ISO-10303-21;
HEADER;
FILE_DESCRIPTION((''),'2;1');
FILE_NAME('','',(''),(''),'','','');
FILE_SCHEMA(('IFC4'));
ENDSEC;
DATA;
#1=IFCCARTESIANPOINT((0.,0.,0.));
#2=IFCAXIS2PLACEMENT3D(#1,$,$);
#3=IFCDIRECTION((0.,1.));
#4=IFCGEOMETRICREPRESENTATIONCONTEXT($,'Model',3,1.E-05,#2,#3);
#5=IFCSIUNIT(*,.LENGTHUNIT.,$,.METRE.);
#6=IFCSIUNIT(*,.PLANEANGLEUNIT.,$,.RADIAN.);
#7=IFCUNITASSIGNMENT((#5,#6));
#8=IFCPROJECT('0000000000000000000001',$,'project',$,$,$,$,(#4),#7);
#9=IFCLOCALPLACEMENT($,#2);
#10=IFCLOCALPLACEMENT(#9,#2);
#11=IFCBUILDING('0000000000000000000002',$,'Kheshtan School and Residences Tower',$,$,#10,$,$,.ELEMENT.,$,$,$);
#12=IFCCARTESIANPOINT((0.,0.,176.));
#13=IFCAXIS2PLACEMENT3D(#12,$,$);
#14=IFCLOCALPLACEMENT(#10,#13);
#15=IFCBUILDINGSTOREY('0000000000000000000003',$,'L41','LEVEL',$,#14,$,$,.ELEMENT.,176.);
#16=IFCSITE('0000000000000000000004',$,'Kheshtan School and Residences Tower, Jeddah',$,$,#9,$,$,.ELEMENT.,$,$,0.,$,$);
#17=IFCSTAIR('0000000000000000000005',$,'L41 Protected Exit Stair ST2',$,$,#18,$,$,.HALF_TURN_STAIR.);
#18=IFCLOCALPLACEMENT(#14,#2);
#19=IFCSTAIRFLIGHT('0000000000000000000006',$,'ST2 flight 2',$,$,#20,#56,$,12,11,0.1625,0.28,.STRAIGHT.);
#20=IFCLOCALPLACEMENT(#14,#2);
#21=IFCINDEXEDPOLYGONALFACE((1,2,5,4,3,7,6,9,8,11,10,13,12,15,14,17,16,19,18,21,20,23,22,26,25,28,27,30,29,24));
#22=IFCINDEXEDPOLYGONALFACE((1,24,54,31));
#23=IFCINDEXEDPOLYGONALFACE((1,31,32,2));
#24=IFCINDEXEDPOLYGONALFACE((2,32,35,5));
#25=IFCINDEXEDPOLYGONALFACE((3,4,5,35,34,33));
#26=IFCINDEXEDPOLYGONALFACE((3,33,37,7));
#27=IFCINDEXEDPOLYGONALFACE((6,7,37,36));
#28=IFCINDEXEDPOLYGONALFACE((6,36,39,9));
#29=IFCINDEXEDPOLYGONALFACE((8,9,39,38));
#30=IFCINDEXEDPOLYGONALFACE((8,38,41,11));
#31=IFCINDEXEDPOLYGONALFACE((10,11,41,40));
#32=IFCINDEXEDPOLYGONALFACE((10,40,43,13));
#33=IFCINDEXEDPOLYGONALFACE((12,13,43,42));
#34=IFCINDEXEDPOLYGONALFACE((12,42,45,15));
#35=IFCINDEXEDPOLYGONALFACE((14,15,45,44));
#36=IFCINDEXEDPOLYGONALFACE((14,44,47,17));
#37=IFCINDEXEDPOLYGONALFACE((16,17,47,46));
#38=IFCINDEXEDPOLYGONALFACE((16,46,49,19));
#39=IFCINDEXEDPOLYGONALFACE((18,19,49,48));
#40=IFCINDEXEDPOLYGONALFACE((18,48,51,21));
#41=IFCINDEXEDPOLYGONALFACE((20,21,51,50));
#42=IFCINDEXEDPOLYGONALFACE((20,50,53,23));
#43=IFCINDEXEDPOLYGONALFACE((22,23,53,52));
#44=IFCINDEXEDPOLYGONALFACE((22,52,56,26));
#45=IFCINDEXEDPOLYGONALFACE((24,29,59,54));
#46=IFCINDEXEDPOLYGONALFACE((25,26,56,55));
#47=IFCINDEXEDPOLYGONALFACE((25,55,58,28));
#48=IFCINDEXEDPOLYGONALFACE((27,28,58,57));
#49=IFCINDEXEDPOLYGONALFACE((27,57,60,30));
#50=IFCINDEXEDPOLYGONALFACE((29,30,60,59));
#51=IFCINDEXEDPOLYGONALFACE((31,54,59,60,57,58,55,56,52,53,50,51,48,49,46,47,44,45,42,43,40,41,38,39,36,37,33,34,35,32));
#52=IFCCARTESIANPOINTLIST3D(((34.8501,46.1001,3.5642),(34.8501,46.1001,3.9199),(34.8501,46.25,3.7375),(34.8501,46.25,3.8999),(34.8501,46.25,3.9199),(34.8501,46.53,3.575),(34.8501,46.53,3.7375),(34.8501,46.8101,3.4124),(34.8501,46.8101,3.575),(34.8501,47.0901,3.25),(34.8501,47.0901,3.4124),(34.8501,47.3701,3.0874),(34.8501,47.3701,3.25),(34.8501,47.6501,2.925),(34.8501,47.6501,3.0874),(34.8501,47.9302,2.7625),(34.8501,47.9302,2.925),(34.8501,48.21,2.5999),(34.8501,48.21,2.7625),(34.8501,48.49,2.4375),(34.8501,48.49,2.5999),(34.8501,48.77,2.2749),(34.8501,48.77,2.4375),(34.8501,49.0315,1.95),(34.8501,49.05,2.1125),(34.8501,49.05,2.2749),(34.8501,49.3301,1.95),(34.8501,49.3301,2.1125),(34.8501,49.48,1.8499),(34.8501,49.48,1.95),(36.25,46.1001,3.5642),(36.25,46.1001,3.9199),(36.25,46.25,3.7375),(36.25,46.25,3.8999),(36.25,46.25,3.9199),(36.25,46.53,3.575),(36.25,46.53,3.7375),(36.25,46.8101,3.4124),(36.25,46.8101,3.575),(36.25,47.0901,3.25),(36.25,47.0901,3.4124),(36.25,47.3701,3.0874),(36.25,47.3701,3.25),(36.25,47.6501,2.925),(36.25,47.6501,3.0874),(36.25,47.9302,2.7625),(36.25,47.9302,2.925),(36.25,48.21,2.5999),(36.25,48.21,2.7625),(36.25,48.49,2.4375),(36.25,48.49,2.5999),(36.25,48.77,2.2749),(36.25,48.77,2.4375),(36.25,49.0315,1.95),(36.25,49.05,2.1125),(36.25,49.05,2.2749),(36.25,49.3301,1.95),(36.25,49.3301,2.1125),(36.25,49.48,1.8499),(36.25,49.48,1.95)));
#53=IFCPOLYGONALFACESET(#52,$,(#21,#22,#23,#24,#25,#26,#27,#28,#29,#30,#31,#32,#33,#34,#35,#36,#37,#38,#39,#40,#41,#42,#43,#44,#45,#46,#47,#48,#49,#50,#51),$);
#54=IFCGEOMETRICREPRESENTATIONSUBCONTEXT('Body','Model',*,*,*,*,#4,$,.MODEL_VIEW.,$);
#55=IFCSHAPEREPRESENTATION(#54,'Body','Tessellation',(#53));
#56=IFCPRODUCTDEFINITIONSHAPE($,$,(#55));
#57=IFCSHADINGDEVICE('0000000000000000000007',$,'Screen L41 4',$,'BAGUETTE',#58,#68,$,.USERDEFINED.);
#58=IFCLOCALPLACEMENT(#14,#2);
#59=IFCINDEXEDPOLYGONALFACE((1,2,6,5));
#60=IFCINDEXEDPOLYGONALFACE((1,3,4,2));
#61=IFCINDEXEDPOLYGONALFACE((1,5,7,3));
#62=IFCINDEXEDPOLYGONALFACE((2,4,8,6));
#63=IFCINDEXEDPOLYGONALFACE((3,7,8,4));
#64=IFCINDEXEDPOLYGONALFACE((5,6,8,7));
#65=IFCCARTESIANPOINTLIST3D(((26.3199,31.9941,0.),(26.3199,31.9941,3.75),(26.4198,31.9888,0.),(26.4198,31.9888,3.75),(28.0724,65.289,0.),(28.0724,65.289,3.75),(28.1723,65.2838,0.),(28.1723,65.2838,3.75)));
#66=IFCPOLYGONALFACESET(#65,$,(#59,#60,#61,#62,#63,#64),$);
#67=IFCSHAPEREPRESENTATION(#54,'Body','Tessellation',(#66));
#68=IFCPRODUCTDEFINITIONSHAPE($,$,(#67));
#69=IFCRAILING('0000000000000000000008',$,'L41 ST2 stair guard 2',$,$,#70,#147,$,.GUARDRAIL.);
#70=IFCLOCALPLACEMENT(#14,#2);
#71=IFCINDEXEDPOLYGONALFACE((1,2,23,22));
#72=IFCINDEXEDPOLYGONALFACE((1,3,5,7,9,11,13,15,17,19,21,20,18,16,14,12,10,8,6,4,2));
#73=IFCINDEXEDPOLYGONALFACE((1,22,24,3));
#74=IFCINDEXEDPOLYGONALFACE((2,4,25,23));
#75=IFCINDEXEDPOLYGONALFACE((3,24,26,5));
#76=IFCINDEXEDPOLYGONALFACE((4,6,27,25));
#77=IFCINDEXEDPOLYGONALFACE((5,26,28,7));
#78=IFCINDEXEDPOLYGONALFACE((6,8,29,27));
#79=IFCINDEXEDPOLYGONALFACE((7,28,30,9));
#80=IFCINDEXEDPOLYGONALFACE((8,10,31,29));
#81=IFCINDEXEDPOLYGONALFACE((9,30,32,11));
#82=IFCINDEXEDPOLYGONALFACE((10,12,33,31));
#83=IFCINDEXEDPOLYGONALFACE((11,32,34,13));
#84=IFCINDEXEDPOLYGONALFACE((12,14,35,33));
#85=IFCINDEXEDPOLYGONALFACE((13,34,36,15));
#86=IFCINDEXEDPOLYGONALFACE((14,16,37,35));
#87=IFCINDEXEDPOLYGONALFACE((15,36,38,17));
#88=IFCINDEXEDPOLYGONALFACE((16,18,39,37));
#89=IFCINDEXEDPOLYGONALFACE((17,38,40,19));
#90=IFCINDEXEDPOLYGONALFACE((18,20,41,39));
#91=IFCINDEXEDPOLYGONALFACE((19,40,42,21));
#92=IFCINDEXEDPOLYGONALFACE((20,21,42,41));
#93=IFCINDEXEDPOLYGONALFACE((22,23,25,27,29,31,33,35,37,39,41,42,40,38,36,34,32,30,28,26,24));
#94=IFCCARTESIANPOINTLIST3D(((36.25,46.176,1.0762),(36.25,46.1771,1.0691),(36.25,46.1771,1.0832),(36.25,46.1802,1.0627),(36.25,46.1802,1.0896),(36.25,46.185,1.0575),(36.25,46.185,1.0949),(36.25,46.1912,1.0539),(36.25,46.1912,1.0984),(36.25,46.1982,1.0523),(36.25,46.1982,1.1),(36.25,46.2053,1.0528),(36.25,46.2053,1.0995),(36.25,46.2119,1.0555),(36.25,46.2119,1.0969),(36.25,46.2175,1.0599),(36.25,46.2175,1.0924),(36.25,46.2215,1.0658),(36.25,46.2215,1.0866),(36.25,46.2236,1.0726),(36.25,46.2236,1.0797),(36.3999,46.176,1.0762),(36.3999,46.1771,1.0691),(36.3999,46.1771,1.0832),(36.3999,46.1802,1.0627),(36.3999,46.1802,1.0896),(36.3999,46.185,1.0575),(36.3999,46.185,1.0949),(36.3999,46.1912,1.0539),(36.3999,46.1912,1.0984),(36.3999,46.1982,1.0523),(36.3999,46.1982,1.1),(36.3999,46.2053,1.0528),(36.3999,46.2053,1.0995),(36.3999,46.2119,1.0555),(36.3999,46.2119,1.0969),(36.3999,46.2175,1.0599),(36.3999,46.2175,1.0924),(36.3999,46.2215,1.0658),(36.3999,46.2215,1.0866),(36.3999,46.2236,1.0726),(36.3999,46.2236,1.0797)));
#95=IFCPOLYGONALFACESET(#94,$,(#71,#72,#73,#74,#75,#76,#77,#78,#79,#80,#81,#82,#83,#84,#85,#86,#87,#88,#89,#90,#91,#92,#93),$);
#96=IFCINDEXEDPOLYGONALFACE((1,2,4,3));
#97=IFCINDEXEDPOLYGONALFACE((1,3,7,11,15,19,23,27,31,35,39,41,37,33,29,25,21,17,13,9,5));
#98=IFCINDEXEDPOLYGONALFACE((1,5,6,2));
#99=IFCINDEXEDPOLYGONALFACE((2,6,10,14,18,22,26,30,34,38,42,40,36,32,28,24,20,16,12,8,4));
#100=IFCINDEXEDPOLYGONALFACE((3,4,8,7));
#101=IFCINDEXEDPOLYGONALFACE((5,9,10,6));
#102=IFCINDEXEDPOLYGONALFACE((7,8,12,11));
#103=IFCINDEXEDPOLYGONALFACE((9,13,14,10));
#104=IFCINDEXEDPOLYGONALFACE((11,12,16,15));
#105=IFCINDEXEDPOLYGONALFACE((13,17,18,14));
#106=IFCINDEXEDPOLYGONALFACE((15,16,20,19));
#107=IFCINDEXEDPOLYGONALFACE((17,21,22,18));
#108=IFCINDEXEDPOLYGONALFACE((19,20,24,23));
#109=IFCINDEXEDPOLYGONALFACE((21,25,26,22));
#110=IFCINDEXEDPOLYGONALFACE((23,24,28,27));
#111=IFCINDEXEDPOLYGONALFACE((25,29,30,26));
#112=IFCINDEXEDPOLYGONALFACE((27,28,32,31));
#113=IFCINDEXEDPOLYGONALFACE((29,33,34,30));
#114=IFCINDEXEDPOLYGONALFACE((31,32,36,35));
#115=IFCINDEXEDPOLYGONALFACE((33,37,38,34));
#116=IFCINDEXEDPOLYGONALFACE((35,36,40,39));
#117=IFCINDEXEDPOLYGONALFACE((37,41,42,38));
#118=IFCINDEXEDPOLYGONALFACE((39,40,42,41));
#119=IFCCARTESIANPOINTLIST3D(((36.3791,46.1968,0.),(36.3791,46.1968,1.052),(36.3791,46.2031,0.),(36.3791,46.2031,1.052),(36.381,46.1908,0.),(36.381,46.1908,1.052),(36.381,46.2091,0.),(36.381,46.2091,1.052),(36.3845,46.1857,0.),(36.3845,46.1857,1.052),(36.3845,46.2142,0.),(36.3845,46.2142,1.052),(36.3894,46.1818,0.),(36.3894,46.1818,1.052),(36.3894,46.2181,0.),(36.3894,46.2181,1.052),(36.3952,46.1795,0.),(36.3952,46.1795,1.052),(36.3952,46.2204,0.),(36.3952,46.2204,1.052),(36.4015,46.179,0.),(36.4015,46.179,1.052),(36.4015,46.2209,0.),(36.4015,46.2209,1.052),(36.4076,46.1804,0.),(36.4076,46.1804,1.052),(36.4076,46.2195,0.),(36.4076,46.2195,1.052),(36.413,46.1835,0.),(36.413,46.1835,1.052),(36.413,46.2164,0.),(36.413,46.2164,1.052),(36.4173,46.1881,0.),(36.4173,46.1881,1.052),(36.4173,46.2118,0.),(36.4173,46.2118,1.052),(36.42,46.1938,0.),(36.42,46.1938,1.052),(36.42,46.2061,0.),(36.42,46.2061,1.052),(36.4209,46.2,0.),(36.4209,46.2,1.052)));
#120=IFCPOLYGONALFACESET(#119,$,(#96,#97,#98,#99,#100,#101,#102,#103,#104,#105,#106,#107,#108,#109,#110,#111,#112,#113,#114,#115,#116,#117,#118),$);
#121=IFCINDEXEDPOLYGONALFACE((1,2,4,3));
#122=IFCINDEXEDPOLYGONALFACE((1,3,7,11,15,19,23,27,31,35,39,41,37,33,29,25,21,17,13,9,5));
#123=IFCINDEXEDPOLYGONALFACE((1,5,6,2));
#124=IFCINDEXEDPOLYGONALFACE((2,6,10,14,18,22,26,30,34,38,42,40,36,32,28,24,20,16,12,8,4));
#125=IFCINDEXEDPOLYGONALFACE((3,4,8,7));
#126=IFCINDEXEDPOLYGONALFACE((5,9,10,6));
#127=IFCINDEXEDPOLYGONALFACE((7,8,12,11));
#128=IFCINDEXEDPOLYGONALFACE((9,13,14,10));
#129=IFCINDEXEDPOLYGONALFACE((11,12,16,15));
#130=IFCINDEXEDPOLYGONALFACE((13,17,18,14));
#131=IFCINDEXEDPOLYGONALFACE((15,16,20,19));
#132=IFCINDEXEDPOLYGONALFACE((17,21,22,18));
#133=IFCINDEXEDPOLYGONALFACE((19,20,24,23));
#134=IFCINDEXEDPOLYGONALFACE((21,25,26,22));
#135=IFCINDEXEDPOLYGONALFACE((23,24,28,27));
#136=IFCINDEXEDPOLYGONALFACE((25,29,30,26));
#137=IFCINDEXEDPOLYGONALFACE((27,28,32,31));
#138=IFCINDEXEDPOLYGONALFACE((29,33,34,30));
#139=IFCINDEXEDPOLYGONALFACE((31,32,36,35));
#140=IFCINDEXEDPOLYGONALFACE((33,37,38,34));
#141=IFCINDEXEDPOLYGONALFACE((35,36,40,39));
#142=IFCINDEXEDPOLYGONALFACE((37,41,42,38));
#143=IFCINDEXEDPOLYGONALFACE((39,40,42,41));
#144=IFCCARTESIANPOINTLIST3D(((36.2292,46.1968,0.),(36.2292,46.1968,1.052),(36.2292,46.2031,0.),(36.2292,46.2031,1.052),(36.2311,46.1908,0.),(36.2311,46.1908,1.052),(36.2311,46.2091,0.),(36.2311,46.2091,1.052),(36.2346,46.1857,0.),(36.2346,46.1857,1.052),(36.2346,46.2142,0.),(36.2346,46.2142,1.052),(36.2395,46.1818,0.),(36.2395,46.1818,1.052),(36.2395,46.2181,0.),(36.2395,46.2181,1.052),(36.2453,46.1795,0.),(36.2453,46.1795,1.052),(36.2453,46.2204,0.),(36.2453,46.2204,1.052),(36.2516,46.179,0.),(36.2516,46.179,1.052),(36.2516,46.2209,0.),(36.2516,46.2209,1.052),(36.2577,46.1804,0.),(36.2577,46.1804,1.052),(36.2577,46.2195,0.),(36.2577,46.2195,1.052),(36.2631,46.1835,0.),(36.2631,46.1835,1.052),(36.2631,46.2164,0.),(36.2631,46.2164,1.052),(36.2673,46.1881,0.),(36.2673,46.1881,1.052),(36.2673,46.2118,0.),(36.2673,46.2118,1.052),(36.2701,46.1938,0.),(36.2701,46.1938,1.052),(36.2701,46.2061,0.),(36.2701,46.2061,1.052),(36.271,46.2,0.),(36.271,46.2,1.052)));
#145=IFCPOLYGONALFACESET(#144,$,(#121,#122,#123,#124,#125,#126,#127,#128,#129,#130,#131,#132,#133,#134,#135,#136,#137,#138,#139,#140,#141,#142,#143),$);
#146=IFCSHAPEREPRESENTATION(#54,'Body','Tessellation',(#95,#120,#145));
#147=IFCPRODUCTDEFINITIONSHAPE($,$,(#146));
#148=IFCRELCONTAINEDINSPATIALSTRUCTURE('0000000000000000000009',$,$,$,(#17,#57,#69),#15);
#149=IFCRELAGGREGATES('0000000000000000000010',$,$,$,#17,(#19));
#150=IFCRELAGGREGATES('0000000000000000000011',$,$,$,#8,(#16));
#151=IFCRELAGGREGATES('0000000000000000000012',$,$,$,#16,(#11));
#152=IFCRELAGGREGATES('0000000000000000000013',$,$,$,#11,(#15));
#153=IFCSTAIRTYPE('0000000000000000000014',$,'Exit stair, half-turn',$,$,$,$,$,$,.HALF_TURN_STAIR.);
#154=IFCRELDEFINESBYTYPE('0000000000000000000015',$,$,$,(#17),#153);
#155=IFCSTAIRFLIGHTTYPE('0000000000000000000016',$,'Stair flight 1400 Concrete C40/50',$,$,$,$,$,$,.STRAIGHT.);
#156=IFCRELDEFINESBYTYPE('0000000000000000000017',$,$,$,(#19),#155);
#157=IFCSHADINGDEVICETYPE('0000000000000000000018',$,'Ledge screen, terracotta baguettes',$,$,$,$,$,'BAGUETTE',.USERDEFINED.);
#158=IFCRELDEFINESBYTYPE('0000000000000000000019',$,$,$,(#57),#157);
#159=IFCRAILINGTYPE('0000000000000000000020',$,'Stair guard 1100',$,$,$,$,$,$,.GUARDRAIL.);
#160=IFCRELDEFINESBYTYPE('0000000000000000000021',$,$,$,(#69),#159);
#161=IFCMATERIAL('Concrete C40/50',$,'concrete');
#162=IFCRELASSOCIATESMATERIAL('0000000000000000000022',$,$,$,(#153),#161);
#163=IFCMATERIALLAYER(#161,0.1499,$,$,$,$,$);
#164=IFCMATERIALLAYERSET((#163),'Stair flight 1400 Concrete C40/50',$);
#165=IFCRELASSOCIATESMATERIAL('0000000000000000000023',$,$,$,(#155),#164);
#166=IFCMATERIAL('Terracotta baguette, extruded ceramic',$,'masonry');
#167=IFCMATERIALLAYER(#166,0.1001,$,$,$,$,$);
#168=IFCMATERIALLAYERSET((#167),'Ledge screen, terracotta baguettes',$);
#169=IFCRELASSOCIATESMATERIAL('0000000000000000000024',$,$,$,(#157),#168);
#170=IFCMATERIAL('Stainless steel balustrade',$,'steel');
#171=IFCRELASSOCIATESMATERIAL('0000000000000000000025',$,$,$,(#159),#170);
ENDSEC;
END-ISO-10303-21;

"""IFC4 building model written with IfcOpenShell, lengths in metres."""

from ifc_helpers import new_model, si_unit, direction, frame, origin, origin_2d, place, context, subcontext, project, spatial, polyline, rectangle, circle, outline, extrude, material, layer, layer_set, type_object, element, aggregate, save


model = new_model("IFC4")

# Units and contexts
model_context = context("Model", 3, precision=1e-05, world=origin(), true_north=direction((0.0, 1.0)))
body_context = subcontext(model_context, "Body", "Model", "MODEL_VIEW")
ifc_project = project(units=[si_unit("LENGTHUNIT", "METRE"), si_unit("PLANEANGLEUNIT", "RADIAN")], contexts=[model_context])

# Site, building, storey
site_placement = place(None, origin())
site = spatial("IfcSite", under=ifc_project, at=site_placement, Name="Kheshtan School and Residences Tower, Jeddah", CompositionType="ELEMENT", RefElevation=0.0)
building_placement = place(site_placement, origin())
building = spatial("IfcBuilding", under=site, at=building_placement, Name="Kheshtan School and Residences Tower", CompositionType="ELEMENT")
storey_placement = place(building_placement, frame((0.0, 0.0, 176.0)))
storey = spatial("IfcBuildingStorey", under=building, at=storey_placement, Name="L41", Description="LEVEL", CompositionType="ELEMENT", Elevation=176.0)

# Shared definitions
ifc_material_1 = material(Name="Concrete C40/50", Category="concrete")

# Stair, stair flight
stair_type = type_object("IfcStairType", Name="Exit stair, half-turn", PredefinedType="HALF_TURN_STAIR", material=ifc_material_1)
stair_placement = place(storey_placement, origin())
stair = element("IfcStair", 1, at=stair_placement, inside=storey, type_object=stair_type, Name="L41 Protected Exit Stair ST2", PredefinedType="HALF_TURN_STAIR")
ifc_layer_1 = layer(ifc_material_1, 0.1499)
ifc_layer_set_1 = layer_set([ifc_layer_1], Name="Stair flight 1400 Concrete C40/50")
stair_flight_type = type_object("IfcStairFlightType", Name="Stair flight 1400 Concrete C40/50", PredefinedType="STRAIGHT", material=ifc_layer_set_1)
stair_flight_placement = place(storey_placement, frame((35.55, 49.3301, 1.95), z_axis=(0.0, 0.0, 1.0), x_axis=(0.0, -1.0, 0.0)))
stair_flight = element("IfcStairFlight", 2, at=stair_flight_placement, type_object=stair_flight_type, Name="ST2 flight 2", NumberOfRisers=12, NumberOfTreads=11, PredefinedType="STRAIGHT", RiserHeight=0.1625, TreadLength=0.28, context=body_context, shape_type="SweptSolid", body=[
    extrude(outline(polyline([(-0.1499, -0.1001), (-0.1499, 0.0), (0.0, 0.0), (0.0, 0.1626), (0.28, 0.1626), (0.28, 0.325), (0.5601, 0.325), (0.5601, 0.4875), (0.8401, 0.4875), (0.8401, 0.6499), (1.1201, 0.6499), (1.1201, 0.8125), (1.3999, 0.8125), (1.3999, 0.9751), (1.6799, 0.9751), (1.6799, 1.1375), (1.96, 1.1375), (1.96, 1.3), (2.24, 1.3), (2.24, 1.4624), (2.52, 1.4624), (2.52, 1.625), (2.8, 1.625), (2.8, 1.7876), (3.0801, 1.7876), (3.0801, 1.95), (3.0801, 1.97), (3.23, 1.97), (3.23, 1.6143), (0.2986, 0.0), (-0.1499, -0.1001)])), frame((0.0, 0.7, 0.0), z_axis=(0.0, -1.0, 0.0), x_axis=(1.0, 0.0, 0.0)), (0.0, 0.0, 1.0), 1.3999),
])
aggregate(stair, [stair_flight])

# Shading device
ifc_material_2 = material(Name="Terracotta baguette, extruded ceramic", Category="masonry")
ifc_layer_2 = layer(ifc_material_2, 0.1001)
ifc_layer_set_2 = layer_set([ifc_layer_2], Name="Ledge screen, terracotta baguettes")
shading_device_type = type_object("IfcShadingDeviceType", Name="Ledge screen, terracotta baguettes", ElementType="BAGUETTE", PredefinedType="USERDEFINED", material=ifc_layer_set_2)
shading_device_placement = place(storey_placement, frame((27.2461, 48.6389, 0.0), z_axis=(0.0, 0.0, 1.0), x_axis=(0.052563, 0.998618, 0.0)))
element("IfcShadingDevice", 3, at=shading_device_placement, inside=storey, type_object=shading_device_type, Name="Screen L41 4", ObjectType="BAGUETTE", PredefinedType="USERDEFINED", context=body_context, shape_type="SweptSolid", body=[
    extrude(rectangle(XDim=33.3411, YDim=0.1001, at=origin_2d()), origin(), (0.0, 0.0, 1.0), 3.75),
])

# Railing
ifc_material_3 = material(Name="Stainless steel balustrade", Category="steel")
railing_type_1 = type_object("IfcRailingType", Name="Stair guard 1100", PredefinedType="GUARDRAIL", material=ifc_material_3)
railing_1_placement = place(storey_placement, frame((36.3999, 46.2, 0.0)))
element("IfcRailing", 4, at=railing_1_placement, inside=storey, type_object=railing_type_1, Name="L41 ST2 stair guard 2", PredefinedType="GUARDRAIL", context=body_context, shape_type="SweptSolid", body=[
    extrude(circle(Radius=0.0239, at=origin_2d()), frame((0.0, 0.0, 1.0762), z_axis=(-1.0, 0.0, 0.0), x_axis=(0.0, -1.0, 0.0)), (0.0, 0.0, 1.0), 0.1499),
    extrude(circle(Radius=0.021, at=origin_2d()), origin(), (0.0, 0.0, 1.0), 1.052),
    extrude(circle(Radius=0.021, at=origin_2d()), frame((-0.1499, 0.0, 0.0)), (0.0, 0.0, 1.0), 1.052),
])

save(model, "model.ifc")
